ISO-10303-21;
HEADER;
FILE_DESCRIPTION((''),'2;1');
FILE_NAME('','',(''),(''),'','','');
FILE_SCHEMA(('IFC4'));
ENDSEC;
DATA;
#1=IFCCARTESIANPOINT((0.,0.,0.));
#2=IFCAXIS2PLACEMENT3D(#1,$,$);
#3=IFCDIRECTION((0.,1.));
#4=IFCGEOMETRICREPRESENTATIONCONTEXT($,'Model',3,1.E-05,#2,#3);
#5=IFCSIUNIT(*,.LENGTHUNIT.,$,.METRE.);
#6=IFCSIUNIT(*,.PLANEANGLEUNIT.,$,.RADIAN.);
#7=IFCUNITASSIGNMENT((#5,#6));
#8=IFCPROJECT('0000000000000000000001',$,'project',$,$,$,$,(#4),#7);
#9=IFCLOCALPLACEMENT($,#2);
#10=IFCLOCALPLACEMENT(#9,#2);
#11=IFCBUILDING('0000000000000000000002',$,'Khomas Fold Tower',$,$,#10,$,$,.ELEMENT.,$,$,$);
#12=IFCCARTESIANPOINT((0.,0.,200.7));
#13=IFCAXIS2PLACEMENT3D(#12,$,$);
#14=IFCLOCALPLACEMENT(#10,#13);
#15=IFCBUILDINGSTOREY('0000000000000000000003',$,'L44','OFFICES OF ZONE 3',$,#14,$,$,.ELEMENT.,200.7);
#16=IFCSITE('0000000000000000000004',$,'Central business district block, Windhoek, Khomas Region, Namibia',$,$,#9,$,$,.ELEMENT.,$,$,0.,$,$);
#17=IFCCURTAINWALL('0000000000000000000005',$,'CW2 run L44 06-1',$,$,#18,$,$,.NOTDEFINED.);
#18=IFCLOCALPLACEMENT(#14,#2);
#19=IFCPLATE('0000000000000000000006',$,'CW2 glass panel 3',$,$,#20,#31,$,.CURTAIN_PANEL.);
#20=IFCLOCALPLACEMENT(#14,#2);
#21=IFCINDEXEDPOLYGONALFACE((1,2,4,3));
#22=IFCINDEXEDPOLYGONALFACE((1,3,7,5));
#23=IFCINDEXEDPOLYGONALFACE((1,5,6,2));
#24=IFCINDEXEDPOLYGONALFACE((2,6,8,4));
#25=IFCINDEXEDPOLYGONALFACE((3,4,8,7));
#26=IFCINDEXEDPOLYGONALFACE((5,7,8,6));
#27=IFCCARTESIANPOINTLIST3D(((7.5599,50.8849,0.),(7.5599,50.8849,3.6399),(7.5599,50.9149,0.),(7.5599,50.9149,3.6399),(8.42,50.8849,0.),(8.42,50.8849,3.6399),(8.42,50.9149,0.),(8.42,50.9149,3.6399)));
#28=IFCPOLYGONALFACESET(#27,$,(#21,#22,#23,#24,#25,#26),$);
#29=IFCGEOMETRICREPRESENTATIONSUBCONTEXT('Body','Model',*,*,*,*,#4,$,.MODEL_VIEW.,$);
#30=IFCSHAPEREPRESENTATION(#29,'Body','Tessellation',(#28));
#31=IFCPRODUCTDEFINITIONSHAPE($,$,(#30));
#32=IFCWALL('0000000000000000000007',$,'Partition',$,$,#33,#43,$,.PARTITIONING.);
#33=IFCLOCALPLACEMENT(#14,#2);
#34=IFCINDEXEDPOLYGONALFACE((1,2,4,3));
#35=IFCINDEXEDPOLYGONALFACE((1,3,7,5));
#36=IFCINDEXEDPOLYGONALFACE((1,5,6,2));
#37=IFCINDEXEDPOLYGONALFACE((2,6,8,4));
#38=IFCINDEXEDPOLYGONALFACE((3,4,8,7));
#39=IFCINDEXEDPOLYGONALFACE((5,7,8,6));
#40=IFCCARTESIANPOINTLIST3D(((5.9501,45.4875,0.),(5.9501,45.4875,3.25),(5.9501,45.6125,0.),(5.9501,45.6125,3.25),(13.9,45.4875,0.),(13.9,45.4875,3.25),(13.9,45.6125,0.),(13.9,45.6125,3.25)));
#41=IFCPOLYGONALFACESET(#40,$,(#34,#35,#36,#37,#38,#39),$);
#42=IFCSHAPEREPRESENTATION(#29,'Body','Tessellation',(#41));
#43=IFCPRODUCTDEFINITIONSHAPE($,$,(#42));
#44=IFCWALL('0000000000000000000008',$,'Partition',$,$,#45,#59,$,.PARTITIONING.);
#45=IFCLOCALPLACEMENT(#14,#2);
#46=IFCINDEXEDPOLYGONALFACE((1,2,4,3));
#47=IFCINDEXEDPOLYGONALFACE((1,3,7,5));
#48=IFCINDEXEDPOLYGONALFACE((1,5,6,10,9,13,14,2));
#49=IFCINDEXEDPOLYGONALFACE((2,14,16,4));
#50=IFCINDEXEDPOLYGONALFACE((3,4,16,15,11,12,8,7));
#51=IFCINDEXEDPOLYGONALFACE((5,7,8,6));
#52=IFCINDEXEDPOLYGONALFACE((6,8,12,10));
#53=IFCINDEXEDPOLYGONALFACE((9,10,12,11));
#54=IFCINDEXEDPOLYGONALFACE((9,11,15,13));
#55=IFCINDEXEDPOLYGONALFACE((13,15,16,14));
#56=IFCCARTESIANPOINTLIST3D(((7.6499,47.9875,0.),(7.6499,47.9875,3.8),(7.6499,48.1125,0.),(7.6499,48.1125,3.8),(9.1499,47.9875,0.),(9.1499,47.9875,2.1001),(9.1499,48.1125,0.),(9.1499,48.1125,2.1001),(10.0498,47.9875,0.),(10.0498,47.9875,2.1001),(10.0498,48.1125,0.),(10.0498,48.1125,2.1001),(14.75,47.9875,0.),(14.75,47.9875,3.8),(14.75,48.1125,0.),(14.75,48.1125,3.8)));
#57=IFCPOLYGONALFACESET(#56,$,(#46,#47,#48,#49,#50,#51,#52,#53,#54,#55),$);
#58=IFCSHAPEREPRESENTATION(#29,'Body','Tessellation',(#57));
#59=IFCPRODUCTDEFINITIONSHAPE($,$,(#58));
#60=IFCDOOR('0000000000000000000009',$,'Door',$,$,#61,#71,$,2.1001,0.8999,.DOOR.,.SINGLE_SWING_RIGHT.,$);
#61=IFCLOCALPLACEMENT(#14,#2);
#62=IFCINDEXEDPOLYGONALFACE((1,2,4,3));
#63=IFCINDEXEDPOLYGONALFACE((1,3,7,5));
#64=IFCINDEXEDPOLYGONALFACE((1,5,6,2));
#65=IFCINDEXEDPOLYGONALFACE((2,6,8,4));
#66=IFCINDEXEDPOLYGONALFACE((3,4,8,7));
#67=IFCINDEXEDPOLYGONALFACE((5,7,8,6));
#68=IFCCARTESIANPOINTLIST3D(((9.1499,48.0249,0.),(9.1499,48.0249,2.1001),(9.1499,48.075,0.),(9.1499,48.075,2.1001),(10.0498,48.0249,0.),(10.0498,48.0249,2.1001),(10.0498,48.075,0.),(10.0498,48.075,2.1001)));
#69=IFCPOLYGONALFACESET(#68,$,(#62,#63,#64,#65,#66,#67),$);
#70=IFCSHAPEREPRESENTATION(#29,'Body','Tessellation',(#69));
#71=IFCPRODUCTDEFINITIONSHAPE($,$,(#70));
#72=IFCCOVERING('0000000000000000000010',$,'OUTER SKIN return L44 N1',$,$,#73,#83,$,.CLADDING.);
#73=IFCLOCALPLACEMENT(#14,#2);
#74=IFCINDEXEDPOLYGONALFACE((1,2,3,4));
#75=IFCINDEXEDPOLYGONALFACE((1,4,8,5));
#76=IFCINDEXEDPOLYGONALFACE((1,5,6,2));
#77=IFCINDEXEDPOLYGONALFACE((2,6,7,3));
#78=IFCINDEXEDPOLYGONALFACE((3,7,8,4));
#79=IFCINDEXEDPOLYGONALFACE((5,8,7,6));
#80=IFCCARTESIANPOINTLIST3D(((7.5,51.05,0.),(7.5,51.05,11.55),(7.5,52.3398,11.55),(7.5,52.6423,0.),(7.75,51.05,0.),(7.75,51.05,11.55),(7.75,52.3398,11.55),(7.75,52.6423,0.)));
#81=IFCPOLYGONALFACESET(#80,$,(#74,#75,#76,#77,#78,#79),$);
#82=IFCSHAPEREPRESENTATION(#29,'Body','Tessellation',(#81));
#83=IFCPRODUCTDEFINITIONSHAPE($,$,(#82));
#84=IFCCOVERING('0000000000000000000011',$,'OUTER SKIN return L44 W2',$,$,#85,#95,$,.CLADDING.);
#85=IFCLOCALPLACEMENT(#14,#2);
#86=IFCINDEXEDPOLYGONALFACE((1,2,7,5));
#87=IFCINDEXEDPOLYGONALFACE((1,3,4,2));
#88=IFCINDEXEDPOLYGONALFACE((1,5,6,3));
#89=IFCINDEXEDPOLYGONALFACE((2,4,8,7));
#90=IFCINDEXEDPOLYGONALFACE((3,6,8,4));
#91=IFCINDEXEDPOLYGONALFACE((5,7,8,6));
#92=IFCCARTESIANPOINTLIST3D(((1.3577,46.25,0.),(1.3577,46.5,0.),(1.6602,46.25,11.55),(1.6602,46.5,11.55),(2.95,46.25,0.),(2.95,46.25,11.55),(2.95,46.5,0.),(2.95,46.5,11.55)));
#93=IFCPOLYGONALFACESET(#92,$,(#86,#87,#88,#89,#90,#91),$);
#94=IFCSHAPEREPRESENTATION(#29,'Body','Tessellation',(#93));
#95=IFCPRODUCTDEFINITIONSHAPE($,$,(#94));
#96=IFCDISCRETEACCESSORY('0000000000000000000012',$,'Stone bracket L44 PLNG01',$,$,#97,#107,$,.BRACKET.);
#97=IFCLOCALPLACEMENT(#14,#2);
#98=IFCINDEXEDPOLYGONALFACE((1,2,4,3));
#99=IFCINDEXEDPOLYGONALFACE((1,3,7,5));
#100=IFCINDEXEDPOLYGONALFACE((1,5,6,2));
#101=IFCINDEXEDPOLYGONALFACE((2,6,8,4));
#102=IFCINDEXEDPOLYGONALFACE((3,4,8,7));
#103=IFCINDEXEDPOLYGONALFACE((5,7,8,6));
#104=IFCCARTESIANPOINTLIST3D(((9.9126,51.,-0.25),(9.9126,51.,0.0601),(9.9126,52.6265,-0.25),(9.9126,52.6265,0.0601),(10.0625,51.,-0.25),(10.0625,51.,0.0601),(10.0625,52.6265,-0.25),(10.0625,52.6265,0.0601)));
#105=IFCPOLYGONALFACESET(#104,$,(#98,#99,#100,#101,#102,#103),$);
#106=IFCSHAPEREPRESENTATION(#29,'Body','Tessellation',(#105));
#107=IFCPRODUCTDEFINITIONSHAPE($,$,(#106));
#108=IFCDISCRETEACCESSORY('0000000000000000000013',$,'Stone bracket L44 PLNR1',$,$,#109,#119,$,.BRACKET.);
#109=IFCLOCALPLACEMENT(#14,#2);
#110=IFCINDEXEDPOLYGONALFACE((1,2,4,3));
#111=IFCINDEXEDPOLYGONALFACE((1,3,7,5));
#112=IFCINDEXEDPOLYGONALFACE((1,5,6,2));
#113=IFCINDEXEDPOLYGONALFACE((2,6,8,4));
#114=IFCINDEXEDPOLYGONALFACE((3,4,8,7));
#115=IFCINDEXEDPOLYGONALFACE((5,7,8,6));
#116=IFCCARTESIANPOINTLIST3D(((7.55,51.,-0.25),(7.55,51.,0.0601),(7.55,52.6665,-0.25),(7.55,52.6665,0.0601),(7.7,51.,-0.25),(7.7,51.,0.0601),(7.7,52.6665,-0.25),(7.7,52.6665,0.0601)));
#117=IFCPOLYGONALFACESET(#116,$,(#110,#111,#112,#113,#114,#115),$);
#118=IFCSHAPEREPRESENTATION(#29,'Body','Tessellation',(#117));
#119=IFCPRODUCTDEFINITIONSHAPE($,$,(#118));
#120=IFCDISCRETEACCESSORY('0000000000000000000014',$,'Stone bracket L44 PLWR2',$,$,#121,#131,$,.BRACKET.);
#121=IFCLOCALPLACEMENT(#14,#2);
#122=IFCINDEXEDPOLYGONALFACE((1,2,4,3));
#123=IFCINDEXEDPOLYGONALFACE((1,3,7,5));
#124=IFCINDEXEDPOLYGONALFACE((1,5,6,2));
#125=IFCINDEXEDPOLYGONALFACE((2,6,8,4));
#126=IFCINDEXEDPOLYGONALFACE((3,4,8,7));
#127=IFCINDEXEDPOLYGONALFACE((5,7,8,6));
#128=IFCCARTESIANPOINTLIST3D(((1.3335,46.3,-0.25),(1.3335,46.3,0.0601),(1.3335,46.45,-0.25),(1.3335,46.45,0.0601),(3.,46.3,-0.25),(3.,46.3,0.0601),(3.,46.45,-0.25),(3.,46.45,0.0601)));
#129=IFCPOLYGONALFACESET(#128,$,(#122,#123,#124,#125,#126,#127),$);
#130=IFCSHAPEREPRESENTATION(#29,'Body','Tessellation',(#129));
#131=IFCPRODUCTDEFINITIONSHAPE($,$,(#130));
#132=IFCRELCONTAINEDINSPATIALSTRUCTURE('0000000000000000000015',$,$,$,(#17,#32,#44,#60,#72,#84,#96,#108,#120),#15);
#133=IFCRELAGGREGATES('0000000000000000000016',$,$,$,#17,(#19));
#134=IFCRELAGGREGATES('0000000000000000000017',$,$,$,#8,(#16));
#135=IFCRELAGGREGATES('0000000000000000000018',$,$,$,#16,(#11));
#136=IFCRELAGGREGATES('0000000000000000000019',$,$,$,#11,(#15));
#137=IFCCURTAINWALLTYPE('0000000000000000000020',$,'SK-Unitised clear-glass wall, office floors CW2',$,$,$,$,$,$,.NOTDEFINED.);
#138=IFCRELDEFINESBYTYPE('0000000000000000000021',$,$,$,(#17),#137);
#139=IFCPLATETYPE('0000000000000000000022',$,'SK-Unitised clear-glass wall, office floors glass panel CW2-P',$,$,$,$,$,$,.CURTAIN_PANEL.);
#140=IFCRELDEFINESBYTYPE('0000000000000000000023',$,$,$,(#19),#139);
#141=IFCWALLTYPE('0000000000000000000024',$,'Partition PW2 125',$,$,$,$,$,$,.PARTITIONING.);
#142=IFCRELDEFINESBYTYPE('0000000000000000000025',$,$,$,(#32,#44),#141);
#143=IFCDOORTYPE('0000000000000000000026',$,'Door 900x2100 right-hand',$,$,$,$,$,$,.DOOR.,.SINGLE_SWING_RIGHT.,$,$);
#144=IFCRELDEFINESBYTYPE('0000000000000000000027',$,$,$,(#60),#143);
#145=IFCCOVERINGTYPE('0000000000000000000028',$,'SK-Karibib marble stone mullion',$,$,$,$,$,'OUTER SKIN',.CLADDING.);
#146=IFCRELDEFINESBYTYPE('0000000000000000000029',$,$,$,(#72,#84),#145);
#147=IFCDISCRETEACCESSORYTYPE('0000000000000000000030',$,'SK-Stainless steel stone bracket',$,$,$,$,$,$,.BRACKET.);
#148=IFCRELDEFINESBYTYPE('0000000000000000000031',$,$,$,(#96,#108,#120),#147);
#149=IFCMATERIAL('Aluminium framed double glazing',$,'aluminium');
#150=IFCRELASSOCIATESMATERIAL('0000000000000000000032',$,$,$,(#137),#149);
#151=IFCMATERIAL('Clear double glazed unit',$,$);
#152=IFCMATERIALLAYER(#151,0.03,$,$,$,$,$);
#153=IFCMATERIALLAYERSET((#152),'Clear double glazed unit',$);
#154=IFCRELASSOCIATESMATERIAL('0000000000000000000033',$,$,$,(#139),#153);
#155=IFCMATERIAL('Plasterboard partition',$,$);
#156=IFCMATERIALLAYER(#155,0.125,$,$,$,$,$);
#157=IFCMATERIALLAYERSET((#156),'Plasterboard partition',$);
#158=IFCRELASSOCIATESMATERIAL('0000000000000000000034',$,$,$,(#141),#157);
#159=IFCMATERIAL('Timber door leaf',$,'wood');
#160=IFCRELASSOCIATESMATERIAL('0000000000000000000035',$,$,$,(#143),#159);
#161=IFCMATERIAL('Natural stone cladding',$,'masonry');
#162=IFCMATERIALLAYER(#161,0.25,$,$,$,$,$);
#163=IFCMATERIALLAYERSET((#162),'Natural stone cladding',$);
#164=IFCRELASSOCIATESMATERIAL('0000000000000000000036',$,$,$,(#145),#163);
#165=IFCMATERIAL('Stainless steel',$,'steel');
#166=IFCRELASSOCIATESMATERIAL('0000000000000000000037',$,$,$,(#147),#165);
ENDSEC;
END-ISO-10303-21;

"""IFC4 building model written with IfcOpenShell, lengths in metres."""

from ifc_helpers import new_model, si_unit, direction, frame, frame_2d, origin, origin_2d, place, context, subcontext, project, spatial, polyline, rectangle, outline, extrude, source, transform, mapped, material, layer, layer_set, type_object, element, fill, aggregate, save


model = new_model("IFC4")

# Units and contexts
model_context = context("Model", 3, precision=1e-05, world=origin(), true_north=direction((0.0, 1.0)))
body_context = subcontext(model_context, "Body", "Model", "MODEL_VIEW")
ifc_project = project(units=[si_unit("LENGTHUNIT", "METRE"), si_unit("PLANEANGLEUNIT", "RADIAN")], contexts=[model_context])

# Site, building, storey
site_placement = place(None, origin())
site = spatial("IfcSite", under=ifc_project, at=site_placement, Name="Central business district block, Windhoek, Khomas Region, Namibia", CompositionType="ELEMENT", RefElevation=0.0)
building_placement = place(site_placement, origin())
building = spatial("IfcBuilding", under=site, at=building_placement, Name="Khomas Fold Tower", CompositionType="ELEMENT")
storey_placement = place(building_placement, frame((0.0, 0.0, 200.7)))
storey = spatial("IfcBuildingStorey", under=building, at=storey_placement, Name="L44", Description="OFFICES OF ZONE 3", CompositionType="ELEMENT", Elevation=200.7)

# Curtain wall
ifc_material_1 = material(Name="Aluminium framed double glazing", Category="aluminium")
curtain_wall_type = type_object("IfcCurtainWallType", Name="SK-Unitised clear-glass wall, office floors CW2", PredefinedType="NOTDEFINED", material=ifc_material_1)
curtain_wall_1_placement = place(storey_placement, origin())
curtain_wall_1 = element("IfcCurtainWall", 1, at=curtain_wall_1_placement, inside=storey, type_object=curtain_wall_type, Name="CW2 run L44 06-1", PredefinedType="NOTDEFINED")

# Plate
ifc_material_2 = material(Name="Clear double glazed unit")
ifc_layer_1 = layer(ifc_material_2, 0.03)
ifc_layer_set_1 = layer_set([ifc_layer_1], Name="Clear double glazed unit")
plate_type_1 = type_object("IfcPlateType", Name="SK-Unitised clear-glass wall, office floors glass panel CW2-P", PredefinedType="CURTAIN_PANEL", material=ifc_layer_set_1)
shared_shape_1 = source(origin(), body_context, "Body", "SweptSolid", [
    extrude(rectangle(XDim=0.8601, YDim=0.03, at=origin_2d()), origin(), (0.0, 0.0, 1.0), 3.6399),
])
plate_1_placement = place(storey_placement, frame((7.99, 50.8999, 0.0), z_axis=(0.0, 0.0, 1.0), x_axis=(-1.0, 0.0, 0.0)))
plate_1 = element("IfcPlate", 2, at=plate_1_placement, type_object=plate_type_1, Name="CW2 glass panel 3", PredefinedType="CURTAIN_PANEL", context=body_context, shape_type="MappedRepresentation", body=[
    mapped(shared_shape_1, transform((0.0, 0.0, 0.0))),
])
aggregate(curtain_wall_1, [plate_1])

# Wall
ifc_material_3 = material(Name="Plasterboard partition")
ifc_layer_2 = layer(ifc_material_3, 0.125)
ifc_layer_set_2 = layer_set([ifc_layer_2], Name="Plasterboard partition")
wall_type = type_object("IfcWallType", Name="Partition PW2 125", PredefinedType="PARTITIONING", material=ifc_layer_set_2)
shared_shape_2 = source(origin(), body_context, "Body", "SweptSolid", [
    extrude(rectangle(XDim=7.95, YDim=0.125, at=frame_2d((3.9751, 0.0))), origin(), (0.0, 0.0, 1.0), 3.25),
])
wall_1_placement = place(storey_placement, frame((5.95, 45.55, 0.0), z_axis=(0.0, 0.0, 1.0), x_axis=(1.0, 0.0, 0.0)))
element("IfcWall", 3, at=wall_1_placement, inside=storey, type_object=wall_type, Name="Partition", PredefinedType="PARTITIONING", context=body_context, shape_type="MappedRepresentation", body=[
    mapped(shared_shape_2, transform((0.0, 0.0, 0.0))),
])

# Wall, opening, door
shared_shape_3 = source(origin(), body_context, "Body", "SweptSolid", [
    extrude(rectangle(XDim=7.1001, YDim=0.125, at=frame_2d((3.55, 0.0))), origin(), (0.0, 0.0, 1.0), 3.8),
])
wall_2_placement = place(storey_placement, frame((7.6499, 48.05, 0.0), z_axis=(0.0, 0.0, 1.0), x_axis=(1.0, 0.0, 0.0)))
wall_2 = element("IfcWall", 4, at=wall_2_placement, inside=storey, type_object=wall_type, Name="Partition", PredefinedType="PARTITIONING", context=body_context, shape_type="MappedRepresentation", body=[
    mapped(shared_shape_3, transform((0.0, 0.0, 0.0))),
])
shared_shape_4 = source(origin(), body_context, "Body", "SweptSolid", [
    extrude(rectangle(XDim=0.8999, YDim=2.1001, at=frame_2d((0.45, 1.05))), frame((0.0, 0.0725, 0.0), z_axis=(0.0, -1.0, 0.0), x_axis=(1.0, 0.0, 0.0)), (0.0, 0.0, 1.0), 0.145),
])
opening_placement = place(wall_2_placement, frame((1.5, 0.0, 0.0)))
opening = element("IfcOpeningElement", 5, at=opening_placement, cuts=wall_2, PredefinedType="OPENING", context=body_context, shape_type="MappedRepresentation", body=[
    mapped(shared_shape_4, transform((0.0, 0.0, 0.0))),
])
ifc_material_4 = material(Name="Timber door leaf", Category="wood")
door_type = type_object("IfcDoorType", Name="Door 900x2100 right-hand", OperationType="SINGLE_SWING_RIGHT", PredefinedType="DOOR", material=ifc_material_4)
shared_shape_5 = source(origin(), body_context, "Body", "SweptSolid", [
    extrude(rectangle(XDim=0.8999, YDim=2.1001, at=frame_2d((0.45, 1.05))), frame((0.0, 0.0249, 0.0), z_axis=(0.0, -1.0, 0.0), x_axis=(1.0, 0.0, 0.0)), (0.0, 0.0, 1.0), 0.05),
])
door_placement = place(opening_placement, origin())
door = element("IfcDoor", 6, at=door_placement, inside=storey, type_object=door_type, Name="Door", OperationType="SINGLE_SWING_RIGHT", OverallHeight=2.1001, OverallWidth=0.8999, PredefinedType="DOOR", context=body_context, shape_type="MappedRepresentation", body=[
    mapped(shared_shape_5, transform((0.0, 0.0, 0.0))),
])
fill(opening, door)

# Coverings
ifc_material_5 = material(Name="Natural stone cladding", Category="masonry")
ifc_layer_3 = layer(ifc_material_5, 0.25)
ifc_layer_set_3 = layer_set([ifc_layer_3], Name="Natural stone cladding")
covering_type = type_object("IfcCoveringType", Name="SK-Karibib marble stone mullion", ElementType="OUTER SKIN", PredefinedType="CLADDING", material=ifc_layer_set_3)
covering_1_placement = place(storey_placement, frame((7.5, 51.05, 11.55), z_axis=(-1.0, 0.0, 0.0), x_axis=(0.0, 1.0, 0.0)))
element("IfcCovering", 7, at=covering_1_placement, inside=storey, type_object=covering_type, Name="OUTER SKIN return L44 N1", PredefinedType="CLADDING", context=body_context, shape_type="SweptSolid", body=[
    extrude(outline(polyline([(0.0, 0.0), (1.2898, 0.0), (1.5923, 11.55), (0.0, 11.55), (0.0, 0.0)])), origin(), (0.0, 0.0, -1.0), 0.25),
])
covering_2_placement = place(storey_placement, frame((2.95, 46.5, 0.0), z_axis=(0.0, 1.0, 0.0), x_axis=(-1.0, 0.0, 0.0)))
element("IfcCovering", 8, at=covering_2_placement, inside=storey, type_object=covering_type, Name="OUTER SKIN return L44 W2", PredefinedType="CLADDING", context=body_context, shape_type="SweptSolid", body=[
    extrude(outline(polyline([(0.0, 0.0), (1.5923, 0.0), (1.2898, 11.55), (0.0, 11.55), (0.0, 0.0)])), origin(), (0.0, 0.0, -1.0), 0.25),
])

# Discrete accessories
ifc_material_6 = material(Name="Stainless steel", Category="steel")
discrete_accessory_type = type_object("IfcDiscreteAccessoryType", Name="SK-Stainless steel stone bracket", PredefinedType="BRACKET", material=ifc_material_6)
shared_shape_6 = source(origin(), body_context, "Body", "SweptSolid", [
    extrude(rectangle(XDim=1.6265, YDim=0.1499, at=origin_2d()), origin(), (0.0, 0.0, 1.0), 0.3101),
])
discrete_accessory_placement = place(storey_placement, frame((9.9875, 51.8132, -0.25), z_axis=(0.0, 0.0, 1.0), x_axis=(0.0, 1.0, 0.0)))
element("IfcDiscreteAccessory", 9, at=discrete_accessory_placement, inside=storey, type_object=discrete_accessory_type, Name="Stone bracket L44 PLNG01", PredefinedType="BRACKET", context=body_context, shape_type="MappedRepresentation", body=[
    mapped(shared_shape_6, transform((0.0, 0.0, 0.0))),
])
shared_shape_7 = source(origin(), body_context, "Body", "SweptSolid", [
    extrude(rectangle(XDim=1.6665, YDim=0.1499, at=origin_2d()), origin(), (0.0, 0.0, 1.0), 0.3101),
])
for number, where, z_axis, x_axis, name in (
    (10, (7.625, 51.8333, -0.25), (0.0, 0.0, 1.0), (0.0, 1.0, 0.0), "Stone bracket L44 PLNR1"),
    (11, (2.1667, 46.375, -0.25), (0.0, 0.0, 1.0), (-1.0, 0.0, 0.0), "Stone bracket L44 PLWR2"),
):
    element("IfcDiscreteAccessory", number, at=place(storey_placement, frame(where, z_axis=z_axis, x_axis=x_axis)), inside=storey, type_object=discrete_accessory_type, Name=name, PredefinedType="BRACKET", context=body_context, shape_type="MappedRepresentation", body=[
        mapped(shared_shape_7, transform((0.0, 0.0, 0.0))),
    ])

save(model, "model.ifc")
